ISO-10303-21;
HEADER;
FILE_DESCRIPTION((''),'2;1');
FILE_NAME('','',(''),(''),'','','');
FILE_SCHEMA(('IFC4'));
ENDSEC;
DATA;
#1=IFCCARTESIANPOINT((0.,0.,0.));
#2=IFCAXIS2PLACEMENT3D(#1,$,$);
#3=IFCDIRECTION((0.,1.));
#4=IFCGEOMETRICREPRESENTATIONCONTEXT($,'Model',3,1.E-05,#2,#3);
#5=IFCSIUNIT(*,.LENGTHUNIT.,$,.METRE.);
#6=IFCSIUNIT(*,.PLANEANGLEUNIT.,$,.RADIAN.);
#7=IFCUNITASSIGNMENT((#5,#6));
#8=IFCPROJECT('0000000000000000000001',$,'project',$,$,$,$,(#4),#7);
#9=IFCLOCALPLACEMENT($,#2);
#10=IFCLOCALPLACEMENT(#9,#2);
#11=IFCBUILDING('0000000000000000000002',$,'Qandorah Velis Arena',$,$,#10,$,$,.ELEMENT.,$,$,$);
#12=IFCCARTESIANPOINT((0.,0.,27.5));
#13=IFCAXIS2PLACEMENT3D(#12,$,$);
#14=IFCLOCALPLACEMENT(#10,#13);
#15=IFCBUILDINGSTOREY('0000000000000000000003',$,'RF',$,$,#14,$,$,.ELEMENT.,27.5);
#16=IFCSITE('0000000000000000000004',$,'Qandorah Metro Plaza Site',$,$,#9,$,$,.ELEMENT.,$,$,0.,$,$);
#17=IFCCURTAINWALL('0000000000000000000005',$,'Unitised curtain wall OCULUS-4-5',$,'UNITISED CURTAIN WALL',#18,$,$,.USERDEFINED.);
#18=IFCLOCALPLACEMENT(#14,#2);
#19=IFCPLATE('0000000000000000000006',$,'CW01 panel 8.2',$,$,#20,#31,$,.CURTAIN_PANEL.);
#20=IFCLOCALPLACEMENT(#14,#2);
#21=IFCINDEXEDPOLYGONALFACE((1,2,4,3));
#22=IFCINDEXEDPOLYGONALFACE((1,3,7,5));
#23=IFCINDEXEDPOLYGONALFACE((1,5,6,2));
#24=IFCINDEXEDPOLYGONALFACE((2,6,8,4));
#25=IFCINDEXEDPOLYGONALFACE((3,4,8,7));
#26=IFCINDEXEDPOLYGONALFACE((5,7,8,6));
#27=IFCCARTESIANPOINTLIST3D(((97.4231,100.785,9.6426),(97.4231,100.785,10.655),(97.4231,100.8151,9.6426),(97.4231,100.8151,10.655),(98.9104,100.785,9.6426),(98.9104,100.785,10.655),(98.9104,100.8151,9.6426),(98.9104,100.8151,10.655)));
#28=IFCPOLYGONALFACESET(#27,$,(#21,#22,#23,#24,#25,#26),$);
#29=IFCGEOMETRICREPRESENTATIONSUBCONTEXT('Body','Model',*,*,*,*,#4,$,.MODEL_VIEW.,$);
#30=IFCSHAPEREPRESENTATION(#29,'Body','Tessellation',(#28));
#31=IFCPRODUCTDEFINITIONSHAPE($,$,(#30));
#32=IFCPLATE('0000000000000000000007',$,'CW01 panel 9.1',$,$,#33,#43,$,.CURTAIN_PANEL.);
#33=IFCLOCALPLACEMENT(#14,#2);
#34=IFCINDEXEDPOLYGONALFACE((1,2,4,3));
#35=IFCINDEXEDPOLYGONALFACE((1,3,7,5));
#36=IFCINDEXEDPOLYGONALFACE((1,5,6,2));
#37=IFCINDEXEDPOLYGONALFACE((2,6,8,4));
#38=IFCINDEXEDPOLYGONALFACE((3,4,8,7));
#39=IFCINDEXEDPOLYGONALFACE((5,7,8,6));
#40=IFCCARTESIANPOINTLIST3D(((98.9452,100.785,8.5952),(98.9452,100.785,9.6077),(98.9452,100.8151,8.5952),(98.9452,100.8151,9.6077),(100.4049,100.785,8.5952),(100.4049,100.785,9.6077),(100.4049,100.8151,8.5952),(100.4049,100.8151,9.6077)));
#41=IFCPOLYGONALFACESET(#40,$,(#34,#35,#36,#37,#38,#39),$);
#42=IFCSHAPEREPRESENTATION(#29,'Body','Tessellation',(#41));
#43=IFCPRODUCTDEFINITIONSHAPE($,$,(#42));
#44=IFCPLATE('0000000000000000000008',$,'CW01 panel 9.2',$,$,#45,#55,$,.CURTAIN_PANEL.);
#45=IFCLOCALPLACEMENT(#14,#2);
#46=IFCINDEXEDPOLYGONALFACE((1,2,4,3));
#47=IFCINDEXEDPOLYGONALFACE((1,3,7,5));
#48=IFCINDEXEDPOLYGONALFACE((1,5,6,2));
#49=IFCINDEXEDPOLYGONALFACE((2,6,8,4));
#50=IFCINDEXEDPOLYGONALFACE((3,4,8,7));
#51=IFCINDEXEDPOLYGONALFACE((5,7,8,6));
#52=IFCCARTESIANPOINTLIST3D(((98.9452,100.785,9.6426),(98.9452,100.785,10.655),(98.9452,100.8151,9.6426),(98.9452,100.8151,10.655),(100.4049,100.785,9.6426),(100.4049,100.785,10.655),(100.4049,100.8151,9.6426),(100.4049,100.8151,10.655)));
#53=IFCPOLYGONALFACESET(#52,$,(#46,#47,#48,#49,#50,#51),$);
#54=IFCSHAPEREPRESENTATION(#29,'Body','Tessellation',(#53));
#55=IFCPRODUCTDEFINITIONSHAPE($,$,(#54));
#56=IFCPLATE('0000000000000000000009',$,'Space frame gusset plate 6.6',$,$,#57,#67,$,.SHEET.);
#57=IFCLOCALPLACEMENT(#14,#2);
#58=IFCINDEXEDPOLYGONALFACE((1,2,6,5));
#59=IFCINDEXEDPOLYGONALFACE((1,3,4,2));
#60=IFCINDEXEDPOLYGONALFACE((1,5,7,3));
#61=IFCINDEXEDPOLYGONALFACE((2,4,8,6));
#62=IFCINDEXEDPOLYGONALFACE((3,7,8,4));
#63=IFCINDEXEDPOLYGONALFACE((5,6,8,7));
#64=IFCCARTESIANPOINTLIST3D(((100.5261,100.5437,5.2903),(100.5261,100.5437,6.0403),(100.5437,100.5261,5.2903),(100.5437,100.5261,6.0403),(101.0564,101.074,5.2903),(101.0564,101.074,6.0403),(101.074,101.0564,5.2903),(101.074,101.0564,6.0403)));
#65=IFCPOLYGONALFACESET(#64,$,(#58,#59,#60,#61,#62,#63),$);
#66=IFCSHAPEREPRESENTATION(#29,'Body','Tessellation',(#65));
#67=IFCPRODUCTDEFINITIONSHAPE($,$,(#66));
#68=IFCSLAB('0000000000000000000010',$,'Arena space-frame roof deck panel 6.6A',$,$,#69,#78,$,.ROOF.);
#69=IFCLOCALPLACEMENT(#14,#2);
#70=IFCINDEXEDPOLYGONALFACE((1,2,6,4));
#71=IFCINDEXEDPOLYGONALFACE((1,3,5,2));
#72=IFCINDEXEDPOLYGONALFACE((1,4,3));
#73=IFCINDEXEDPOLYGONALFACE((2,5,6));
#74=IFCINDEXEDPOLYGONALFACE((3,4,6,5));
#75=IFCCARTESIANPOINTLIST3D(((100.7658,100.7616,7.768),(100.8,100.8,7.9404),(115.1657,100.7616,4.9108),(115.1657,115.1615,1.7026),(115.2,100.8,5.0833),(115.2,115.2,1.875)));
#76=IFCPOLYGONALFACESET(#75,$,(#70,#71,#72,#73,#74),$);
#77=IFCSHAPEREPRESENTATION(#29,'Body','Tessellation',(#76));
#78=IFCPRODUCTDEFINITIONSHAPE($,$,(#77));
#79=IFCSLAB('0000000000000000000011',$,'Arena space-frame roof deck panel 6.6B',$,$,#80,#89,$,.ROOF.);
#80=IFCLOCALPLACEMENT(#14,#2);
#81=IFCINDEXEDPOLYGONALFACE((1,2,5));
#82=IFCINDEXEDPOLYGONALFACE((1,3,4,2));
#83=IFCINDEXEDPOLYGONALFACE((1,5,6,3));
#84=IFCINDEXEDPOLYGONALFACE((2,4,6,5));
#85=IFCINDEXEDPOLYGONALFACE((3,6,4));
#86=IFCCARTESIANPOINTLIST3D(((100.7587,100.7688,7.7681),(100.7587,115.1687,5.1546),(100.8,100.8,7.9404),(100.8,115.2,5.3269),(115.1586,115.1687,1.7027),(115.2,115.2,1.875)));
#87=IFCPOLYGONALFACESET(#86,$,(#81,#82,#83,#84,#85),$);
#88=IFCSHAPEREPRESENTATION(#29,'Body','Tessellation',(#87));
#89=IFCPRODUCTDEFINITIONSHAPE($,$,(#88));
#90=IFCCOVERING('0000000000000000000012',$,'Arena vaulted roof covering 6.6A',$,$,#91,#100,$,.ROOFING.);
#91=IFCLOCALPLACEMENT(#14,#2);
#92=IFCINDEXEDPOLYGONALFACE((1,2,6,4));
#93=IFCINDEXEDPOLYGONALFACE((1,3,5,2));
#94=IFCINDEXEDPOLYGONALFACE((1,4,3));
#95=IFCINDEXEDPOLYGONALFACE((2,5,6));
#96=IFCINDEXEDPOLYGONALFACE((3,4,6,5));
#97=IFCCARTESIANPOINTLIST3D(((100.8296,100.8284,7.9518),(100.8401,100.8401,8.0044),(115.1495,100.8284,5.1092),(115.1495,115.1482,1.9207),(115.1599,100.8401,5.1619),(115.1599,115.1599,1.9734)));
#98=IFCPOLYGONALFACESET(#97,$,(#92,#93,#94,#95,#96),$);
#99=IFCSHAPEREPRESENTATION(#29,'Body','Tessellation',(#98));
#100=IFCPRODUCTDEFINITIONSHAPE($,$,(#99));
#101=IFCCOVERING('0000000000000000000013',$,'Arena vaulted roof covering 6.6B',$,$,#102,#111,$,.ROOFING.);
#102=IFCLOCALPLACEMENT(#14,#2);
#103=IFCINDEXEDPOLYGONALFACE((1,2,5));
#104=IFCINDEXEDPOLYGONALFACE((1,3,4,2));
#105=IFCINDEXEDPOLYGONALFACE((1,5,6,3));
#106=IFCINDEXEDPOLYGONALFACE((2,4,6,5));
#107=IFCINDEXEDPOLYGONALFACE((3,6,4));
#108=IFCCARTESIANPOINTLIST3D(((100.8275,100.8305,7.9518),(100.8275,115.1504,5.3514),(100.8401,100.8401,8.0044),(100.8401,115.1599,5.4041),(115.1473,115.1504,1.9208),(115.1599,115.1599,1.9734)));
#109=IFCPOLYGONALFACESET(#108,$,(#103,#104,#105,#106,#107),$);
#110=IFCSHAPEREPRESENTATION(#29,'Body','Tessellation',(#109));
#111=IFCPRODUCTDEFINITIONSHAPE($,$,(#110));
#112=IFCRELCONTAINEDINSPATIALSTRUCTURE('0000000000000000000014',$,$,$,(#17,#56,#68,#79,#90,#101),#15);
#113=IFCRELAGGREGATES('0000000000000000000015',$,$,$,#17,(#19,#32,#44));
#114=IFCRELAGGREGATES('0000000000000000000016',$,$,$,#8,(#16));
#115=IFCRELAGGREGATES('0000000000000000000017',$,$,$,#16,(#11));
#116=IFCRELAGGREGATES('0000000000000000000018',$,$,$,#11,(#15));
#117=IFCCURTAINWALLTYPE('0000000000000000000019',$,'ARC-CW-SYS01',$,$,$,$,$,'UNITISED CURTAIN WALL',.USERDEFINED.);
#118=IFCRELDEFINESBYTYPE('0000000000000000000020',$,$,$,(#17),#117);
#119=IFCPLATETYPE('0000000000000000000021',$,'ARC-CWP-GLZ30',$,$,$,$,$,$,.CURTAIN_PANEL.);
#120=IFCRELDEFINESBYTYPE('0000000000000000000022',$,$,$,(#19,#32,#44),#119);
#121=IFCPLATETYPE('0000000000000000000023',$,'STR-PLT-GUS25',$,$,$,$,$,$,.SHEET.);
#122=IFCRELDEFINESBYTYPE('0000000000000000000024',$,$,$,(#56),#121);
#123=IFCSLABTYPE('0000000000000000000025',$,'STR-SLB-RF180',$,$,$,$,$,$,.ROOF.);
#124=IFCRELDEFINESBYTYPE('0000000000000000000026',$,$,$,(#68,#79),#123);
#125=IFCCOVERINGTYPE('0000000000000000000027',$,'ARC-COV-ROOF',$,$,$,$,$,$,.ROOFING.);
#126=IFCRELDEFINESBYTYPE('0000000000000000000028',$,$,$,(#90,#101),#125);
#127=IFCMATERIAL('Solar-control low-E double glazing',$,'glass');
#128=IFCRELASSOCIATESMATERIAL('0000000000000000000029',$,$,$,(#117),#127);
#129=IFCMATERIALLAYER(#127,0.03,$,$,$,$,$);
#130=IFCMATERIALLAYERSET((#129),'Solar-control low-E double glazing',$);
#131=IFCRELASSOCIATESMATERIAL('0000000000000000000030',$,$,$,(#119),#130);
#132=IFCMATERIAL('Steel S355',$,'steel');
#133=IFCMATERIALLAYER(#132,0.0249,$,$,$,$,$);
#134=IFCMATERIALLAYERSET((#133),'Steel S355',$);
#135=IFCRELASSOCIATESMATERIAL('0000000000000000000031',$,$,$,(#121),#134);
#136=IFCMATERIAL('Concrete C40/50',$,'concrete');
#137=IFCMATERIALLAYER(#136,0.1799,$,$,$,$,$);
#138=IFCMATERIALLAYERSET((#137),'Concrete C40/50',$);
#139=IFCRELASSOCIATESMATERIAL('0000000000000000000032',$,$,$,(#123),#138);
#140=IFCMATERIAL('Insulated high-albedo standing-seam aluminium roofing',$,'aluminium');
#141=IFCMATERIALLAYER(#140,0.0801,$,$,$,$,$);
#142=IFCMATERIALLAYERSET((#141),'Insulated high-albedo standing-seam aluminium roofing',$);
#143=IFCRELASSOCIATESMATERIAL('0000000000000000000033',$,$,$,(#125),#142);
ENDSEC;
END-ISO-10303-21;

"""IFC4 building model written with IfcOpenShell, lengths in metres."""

from ifc_helpers import new_model, si_unit, direction, frame, origin, origin_2d, place, context, subcontext, project, spatial, polyline, rectangle, outline, extrude, material, layer, layer_set, type_object, element, aggregate, save


model = new_model("IFC4")

# Units and contexts
model_context = context("Model", 3, precision=1e-05, world=origin(), true_north=direction((0.0, 1.0)))
body_context = subcontext(model_context, "Body", "Model", "MODEL_VIEW")
ifc_project = project(units=[si_unit("LENGTHUNIT", "METRE"), si_unit("PLANEANGLEUNIT", "RADIAN")], contexts=[model_context])

# Site, building, storey
site_placement = place(None, origin())
site = spatial("IfcSite", under=ifc_project, at=site_placement, Name="Qandorah Metro Plaza Site", CompositionType="ELEMENT", RefElevation=0.0)
building_placement = place(site_placement, origin())
building = spatial("IfcBuilding", under=site, at=building_placement, Name="Qandorah Velis Arena", CompositionType="ELEMENT")
storey_placement = place(building_placement, frame((0.0, 0.0, 27.5)))
storey = spatial("IfcBuildingStorey", under=building, at=storey_placement, Name="RF", CompositionType="ELEMENT", Elevation=27.5)

# Curtain wall
ifc_material_1 = material(Name="Solar-control low-E double glazing", Category="glass")
curtain_wall_type_1 = type_object("IfcCurtainWallType", Name="ARC-CW-SYS01", ElementType="UNITISED CURTAIN WALL", PredefinedType="USERDEFINED", material=ifc_material_1)
curtain_wall_1_placement = place(storey_placement, origin())
curtain_wall_1 = element("IfcCurtainWall", 1, at=curtain_wall_1_placement, inside=storey, type_object=curtain_wall_type_1, Name="Unitised curtain wall OCULUS-4-5", ObjectType="UNITISED CURTAIN WALL", PredefinedType="USERDEFINED")

# Shared definitions
ifc_material_2 = material(Name="Steel S355", Category="steel")

# Plates
ifc_layer_1 = layer(ifc_material_1, 0.03)
ifc_layer_set_1 = layer_set([ifc_layer_1], Name="Solar-control low-E double glazing")
plate_type_1 = type_object("IfcPlateType", Name="ARC-CWP-GLZ30", PredefinedType="CURTAIN_PANEL", material=ifc_layer_set_1)
plate_1_placement = place(storey_placement, frame((98.1667, 100.8, 9.6426), z_axis=(0.0, 0.0, 1.0), x_axis=(1.0, 0.0, 0.0)))
plate_1 = element("IfcPlate", 2, at=plate_1_placement, type_object=plate_type_1, Name="CW01 panel 8.2", PredefinedType="CURTAIN_PANEL", context=body_context, shape_type="SweptSolid", body=[
    extrude(rectangle(XDim=1.4873, YDim=0.03, at=origin_2d()), origin(), (0.0, 0.0, 1.0), 1.0125),
])
plate_2_placement = place(storey_placement, frame((99.675, 100.8, 8.5952), z_axis=(0.0, 0.0, 1.0), x_axis=(1.0, 0.0, 0.0)))
plate_2 = element("IfcPlate", 3, at=plate_2_placement, type_object=plate_type_1, Name="CW01 panel 9.1", PredefinedType="CURTAIN_PANEL", context=body_context, shape_type="SweptSolid", body=[
    extrude(rectangle(XDim=1.4597, YDim=0.03, at=origin_2d()), origin(), (0.0, 0.0, 1.0), 1.0125),
])
plate_3_placement = place(storey_placement, frame((99.675, 100.8, 9.6426), z_axis=(0.0, 0.0, 1.0), x_axis=(1.0, 0.0, 0.0)))
plate_3 = element("IfcPlate", 4, at=plate_3_placement, type_object=plate_type_1, Name="CW01 panel 9.2", PredefinedType="CURTAIN_PANEL", context=body_context, shape_type="SweptSolid", body=[
    extrude(rectangle(XDim=1.4597, YDim=0.03, at=origin_2d()), origin(), (0.0, 0.0, 1.0), 1.0125),
])
aggregate(curtain_wall_1, [plate_1, plate_2, plate_3])
ifc_layer_2 = layer(ifc_material_2, 0.0249)
ifc_layer_set_2 = layer_set([ifc_layer_2], Name="Steel S355")
plate_type_2 = type_object("IfcPlateType", Name="STR-PLT-GUS25", PredefinedType="SHEET", material=ifc_layer_set_2)
plate_4_placement = place(storey_placement, frame((100.8, 100.8, 5.2903), z_axis=(0.0, 0.0, 1.0), x_axis=(0.707107, 0.707107, 0.0)))
element("IfcPlate", 5, at=plate_4_placement, inside=storey, type_object=plate_type_2, Name="Space frame gusset plate 6.6", PredefinedType="SHEET", context=body_context, shape_type="SweptSolid", body=[
    extrude(rectangle(XDim=0.75, YDim=0.0249, at=origin_2d()), origin(), (0.0, 0.0, 1.0), 0.75),
])

# Slabs
ifc_material_3 = material(Name="Concrete C40/50", Category="concrete")
ifc_layer_3 = layer(ifc_material_3, 0.1799)
ifc_layer_set_3 = layer_set([ifc_layer_3], Name="Concrete C40/50")
slab_type = type_object("IfcSlabType", Name="STR-SLB-RF180", PredefinedType="ROOF", material=ifc_layer_set_3)
slab_1_placement = place(storey_placement, frame((100.8, 100.8, 7.9404), z_axis=(0.190135, 0.213498, 0.958263), x_axis=(0.980878, 0.0, -0.194622)))
element("IfcSlab", 6, at=slab_1_placement, inside=storey, type_object=slab_type, Name="Arena space-frame roof deck panel 6.6A", PredefinedType="ROOF", context=body_context, shape_type="SweptSolid", body=[
    extrude(outline(polyline([(0.0, 0.0), (14.6806, 0.0), (15.305, 14.7397), (0.0, 0.0)])), origin(), (0.0, 0.0, -1.0), 0.1799),
])
slab_2_placement = place(storey_placement, frame((100.8, 100.8, 7.9404), z_axis=(0.229565, 0.173809, 0.957648), x_axis=(0.677687, 0.677687, -0.285451)))
element("IfcSlab", 7, at=slab_2_placement, inside=storey, type_object=slab_type, Name="Arena space-frame roof deck panel 6.6B", PredefinedType="ROOF", context=body_context, shape_type="SweptSolid", body=[
    extrude(outline(polyline([(0.0, 0.0), (21.2486, 0.0), (10.5047, 10.1902), (0.0, 0.0)])), origin(), (0.0, 0.0, -1.0), 0.1799),
])

# Coverings
ifc_material_4 = material(Name="Insulated high-albedo standing-seam aluminium roofing", Category="aluminium")
ifc_layer_4 = layer(ifc_material_4, 0.0801)
ifc_layer_set_4 = layer_set([ifc_layer_4], Name="Insulated high-albedo standing-seam aluminium roofing")
covering_type = type_object("IfcCoveringType", Name="ARC-COV-ROOF", PredefinedType="ROOFING", material=ifc_layer_set_4)
covering_1_placement = place(storey_placement, frame((100.8401, 100.8401, 8.0044), z_axis=(0.19022, 0.213371, 0.958274), x_axis=(0.980862, 0.0, -0.194704)))
element("IfcCovering", 8, at=covering_1_placement, inside=storey, type_object=covering_type, Name="Arena vaulted roof covering 6.6A", PredefinedType="ROOFING", context=body_context, shape_type="SweptSolid", body=[
    extrude(outline(polyline([(0.0, 0.0), (14.5992, 0.0), (15.22, 14.6574), (0.0, 0.0)])), origin(), (0.0, 0.0, -1.0), 0.0549),
])
covering_2_placement = place(storey_placement, frame((100.8401, 100.8401, 8.0044), z_axis=(0.229432, 0.173902, 0.957663), x_axis=(0.677693, 0.677693, -0.28542)))
element("IfcCovering", 9, at=covering_2_placement, inside=storey, type_object=covering_type, Name="Arena vaulted roof covering 6.6B", PredefinedType="ROOFING", context=body_context, shape_type="SweptSolid", body=[
    extrude(outline(polyline([(0.0, 0.0), (21.1303, 0.0), (10.4466, 10.1335), (0.0, 0.0)])), origin(), (0.0, 0.0, -1.0), 0.0549),
])

save(model, "model.ifc")
